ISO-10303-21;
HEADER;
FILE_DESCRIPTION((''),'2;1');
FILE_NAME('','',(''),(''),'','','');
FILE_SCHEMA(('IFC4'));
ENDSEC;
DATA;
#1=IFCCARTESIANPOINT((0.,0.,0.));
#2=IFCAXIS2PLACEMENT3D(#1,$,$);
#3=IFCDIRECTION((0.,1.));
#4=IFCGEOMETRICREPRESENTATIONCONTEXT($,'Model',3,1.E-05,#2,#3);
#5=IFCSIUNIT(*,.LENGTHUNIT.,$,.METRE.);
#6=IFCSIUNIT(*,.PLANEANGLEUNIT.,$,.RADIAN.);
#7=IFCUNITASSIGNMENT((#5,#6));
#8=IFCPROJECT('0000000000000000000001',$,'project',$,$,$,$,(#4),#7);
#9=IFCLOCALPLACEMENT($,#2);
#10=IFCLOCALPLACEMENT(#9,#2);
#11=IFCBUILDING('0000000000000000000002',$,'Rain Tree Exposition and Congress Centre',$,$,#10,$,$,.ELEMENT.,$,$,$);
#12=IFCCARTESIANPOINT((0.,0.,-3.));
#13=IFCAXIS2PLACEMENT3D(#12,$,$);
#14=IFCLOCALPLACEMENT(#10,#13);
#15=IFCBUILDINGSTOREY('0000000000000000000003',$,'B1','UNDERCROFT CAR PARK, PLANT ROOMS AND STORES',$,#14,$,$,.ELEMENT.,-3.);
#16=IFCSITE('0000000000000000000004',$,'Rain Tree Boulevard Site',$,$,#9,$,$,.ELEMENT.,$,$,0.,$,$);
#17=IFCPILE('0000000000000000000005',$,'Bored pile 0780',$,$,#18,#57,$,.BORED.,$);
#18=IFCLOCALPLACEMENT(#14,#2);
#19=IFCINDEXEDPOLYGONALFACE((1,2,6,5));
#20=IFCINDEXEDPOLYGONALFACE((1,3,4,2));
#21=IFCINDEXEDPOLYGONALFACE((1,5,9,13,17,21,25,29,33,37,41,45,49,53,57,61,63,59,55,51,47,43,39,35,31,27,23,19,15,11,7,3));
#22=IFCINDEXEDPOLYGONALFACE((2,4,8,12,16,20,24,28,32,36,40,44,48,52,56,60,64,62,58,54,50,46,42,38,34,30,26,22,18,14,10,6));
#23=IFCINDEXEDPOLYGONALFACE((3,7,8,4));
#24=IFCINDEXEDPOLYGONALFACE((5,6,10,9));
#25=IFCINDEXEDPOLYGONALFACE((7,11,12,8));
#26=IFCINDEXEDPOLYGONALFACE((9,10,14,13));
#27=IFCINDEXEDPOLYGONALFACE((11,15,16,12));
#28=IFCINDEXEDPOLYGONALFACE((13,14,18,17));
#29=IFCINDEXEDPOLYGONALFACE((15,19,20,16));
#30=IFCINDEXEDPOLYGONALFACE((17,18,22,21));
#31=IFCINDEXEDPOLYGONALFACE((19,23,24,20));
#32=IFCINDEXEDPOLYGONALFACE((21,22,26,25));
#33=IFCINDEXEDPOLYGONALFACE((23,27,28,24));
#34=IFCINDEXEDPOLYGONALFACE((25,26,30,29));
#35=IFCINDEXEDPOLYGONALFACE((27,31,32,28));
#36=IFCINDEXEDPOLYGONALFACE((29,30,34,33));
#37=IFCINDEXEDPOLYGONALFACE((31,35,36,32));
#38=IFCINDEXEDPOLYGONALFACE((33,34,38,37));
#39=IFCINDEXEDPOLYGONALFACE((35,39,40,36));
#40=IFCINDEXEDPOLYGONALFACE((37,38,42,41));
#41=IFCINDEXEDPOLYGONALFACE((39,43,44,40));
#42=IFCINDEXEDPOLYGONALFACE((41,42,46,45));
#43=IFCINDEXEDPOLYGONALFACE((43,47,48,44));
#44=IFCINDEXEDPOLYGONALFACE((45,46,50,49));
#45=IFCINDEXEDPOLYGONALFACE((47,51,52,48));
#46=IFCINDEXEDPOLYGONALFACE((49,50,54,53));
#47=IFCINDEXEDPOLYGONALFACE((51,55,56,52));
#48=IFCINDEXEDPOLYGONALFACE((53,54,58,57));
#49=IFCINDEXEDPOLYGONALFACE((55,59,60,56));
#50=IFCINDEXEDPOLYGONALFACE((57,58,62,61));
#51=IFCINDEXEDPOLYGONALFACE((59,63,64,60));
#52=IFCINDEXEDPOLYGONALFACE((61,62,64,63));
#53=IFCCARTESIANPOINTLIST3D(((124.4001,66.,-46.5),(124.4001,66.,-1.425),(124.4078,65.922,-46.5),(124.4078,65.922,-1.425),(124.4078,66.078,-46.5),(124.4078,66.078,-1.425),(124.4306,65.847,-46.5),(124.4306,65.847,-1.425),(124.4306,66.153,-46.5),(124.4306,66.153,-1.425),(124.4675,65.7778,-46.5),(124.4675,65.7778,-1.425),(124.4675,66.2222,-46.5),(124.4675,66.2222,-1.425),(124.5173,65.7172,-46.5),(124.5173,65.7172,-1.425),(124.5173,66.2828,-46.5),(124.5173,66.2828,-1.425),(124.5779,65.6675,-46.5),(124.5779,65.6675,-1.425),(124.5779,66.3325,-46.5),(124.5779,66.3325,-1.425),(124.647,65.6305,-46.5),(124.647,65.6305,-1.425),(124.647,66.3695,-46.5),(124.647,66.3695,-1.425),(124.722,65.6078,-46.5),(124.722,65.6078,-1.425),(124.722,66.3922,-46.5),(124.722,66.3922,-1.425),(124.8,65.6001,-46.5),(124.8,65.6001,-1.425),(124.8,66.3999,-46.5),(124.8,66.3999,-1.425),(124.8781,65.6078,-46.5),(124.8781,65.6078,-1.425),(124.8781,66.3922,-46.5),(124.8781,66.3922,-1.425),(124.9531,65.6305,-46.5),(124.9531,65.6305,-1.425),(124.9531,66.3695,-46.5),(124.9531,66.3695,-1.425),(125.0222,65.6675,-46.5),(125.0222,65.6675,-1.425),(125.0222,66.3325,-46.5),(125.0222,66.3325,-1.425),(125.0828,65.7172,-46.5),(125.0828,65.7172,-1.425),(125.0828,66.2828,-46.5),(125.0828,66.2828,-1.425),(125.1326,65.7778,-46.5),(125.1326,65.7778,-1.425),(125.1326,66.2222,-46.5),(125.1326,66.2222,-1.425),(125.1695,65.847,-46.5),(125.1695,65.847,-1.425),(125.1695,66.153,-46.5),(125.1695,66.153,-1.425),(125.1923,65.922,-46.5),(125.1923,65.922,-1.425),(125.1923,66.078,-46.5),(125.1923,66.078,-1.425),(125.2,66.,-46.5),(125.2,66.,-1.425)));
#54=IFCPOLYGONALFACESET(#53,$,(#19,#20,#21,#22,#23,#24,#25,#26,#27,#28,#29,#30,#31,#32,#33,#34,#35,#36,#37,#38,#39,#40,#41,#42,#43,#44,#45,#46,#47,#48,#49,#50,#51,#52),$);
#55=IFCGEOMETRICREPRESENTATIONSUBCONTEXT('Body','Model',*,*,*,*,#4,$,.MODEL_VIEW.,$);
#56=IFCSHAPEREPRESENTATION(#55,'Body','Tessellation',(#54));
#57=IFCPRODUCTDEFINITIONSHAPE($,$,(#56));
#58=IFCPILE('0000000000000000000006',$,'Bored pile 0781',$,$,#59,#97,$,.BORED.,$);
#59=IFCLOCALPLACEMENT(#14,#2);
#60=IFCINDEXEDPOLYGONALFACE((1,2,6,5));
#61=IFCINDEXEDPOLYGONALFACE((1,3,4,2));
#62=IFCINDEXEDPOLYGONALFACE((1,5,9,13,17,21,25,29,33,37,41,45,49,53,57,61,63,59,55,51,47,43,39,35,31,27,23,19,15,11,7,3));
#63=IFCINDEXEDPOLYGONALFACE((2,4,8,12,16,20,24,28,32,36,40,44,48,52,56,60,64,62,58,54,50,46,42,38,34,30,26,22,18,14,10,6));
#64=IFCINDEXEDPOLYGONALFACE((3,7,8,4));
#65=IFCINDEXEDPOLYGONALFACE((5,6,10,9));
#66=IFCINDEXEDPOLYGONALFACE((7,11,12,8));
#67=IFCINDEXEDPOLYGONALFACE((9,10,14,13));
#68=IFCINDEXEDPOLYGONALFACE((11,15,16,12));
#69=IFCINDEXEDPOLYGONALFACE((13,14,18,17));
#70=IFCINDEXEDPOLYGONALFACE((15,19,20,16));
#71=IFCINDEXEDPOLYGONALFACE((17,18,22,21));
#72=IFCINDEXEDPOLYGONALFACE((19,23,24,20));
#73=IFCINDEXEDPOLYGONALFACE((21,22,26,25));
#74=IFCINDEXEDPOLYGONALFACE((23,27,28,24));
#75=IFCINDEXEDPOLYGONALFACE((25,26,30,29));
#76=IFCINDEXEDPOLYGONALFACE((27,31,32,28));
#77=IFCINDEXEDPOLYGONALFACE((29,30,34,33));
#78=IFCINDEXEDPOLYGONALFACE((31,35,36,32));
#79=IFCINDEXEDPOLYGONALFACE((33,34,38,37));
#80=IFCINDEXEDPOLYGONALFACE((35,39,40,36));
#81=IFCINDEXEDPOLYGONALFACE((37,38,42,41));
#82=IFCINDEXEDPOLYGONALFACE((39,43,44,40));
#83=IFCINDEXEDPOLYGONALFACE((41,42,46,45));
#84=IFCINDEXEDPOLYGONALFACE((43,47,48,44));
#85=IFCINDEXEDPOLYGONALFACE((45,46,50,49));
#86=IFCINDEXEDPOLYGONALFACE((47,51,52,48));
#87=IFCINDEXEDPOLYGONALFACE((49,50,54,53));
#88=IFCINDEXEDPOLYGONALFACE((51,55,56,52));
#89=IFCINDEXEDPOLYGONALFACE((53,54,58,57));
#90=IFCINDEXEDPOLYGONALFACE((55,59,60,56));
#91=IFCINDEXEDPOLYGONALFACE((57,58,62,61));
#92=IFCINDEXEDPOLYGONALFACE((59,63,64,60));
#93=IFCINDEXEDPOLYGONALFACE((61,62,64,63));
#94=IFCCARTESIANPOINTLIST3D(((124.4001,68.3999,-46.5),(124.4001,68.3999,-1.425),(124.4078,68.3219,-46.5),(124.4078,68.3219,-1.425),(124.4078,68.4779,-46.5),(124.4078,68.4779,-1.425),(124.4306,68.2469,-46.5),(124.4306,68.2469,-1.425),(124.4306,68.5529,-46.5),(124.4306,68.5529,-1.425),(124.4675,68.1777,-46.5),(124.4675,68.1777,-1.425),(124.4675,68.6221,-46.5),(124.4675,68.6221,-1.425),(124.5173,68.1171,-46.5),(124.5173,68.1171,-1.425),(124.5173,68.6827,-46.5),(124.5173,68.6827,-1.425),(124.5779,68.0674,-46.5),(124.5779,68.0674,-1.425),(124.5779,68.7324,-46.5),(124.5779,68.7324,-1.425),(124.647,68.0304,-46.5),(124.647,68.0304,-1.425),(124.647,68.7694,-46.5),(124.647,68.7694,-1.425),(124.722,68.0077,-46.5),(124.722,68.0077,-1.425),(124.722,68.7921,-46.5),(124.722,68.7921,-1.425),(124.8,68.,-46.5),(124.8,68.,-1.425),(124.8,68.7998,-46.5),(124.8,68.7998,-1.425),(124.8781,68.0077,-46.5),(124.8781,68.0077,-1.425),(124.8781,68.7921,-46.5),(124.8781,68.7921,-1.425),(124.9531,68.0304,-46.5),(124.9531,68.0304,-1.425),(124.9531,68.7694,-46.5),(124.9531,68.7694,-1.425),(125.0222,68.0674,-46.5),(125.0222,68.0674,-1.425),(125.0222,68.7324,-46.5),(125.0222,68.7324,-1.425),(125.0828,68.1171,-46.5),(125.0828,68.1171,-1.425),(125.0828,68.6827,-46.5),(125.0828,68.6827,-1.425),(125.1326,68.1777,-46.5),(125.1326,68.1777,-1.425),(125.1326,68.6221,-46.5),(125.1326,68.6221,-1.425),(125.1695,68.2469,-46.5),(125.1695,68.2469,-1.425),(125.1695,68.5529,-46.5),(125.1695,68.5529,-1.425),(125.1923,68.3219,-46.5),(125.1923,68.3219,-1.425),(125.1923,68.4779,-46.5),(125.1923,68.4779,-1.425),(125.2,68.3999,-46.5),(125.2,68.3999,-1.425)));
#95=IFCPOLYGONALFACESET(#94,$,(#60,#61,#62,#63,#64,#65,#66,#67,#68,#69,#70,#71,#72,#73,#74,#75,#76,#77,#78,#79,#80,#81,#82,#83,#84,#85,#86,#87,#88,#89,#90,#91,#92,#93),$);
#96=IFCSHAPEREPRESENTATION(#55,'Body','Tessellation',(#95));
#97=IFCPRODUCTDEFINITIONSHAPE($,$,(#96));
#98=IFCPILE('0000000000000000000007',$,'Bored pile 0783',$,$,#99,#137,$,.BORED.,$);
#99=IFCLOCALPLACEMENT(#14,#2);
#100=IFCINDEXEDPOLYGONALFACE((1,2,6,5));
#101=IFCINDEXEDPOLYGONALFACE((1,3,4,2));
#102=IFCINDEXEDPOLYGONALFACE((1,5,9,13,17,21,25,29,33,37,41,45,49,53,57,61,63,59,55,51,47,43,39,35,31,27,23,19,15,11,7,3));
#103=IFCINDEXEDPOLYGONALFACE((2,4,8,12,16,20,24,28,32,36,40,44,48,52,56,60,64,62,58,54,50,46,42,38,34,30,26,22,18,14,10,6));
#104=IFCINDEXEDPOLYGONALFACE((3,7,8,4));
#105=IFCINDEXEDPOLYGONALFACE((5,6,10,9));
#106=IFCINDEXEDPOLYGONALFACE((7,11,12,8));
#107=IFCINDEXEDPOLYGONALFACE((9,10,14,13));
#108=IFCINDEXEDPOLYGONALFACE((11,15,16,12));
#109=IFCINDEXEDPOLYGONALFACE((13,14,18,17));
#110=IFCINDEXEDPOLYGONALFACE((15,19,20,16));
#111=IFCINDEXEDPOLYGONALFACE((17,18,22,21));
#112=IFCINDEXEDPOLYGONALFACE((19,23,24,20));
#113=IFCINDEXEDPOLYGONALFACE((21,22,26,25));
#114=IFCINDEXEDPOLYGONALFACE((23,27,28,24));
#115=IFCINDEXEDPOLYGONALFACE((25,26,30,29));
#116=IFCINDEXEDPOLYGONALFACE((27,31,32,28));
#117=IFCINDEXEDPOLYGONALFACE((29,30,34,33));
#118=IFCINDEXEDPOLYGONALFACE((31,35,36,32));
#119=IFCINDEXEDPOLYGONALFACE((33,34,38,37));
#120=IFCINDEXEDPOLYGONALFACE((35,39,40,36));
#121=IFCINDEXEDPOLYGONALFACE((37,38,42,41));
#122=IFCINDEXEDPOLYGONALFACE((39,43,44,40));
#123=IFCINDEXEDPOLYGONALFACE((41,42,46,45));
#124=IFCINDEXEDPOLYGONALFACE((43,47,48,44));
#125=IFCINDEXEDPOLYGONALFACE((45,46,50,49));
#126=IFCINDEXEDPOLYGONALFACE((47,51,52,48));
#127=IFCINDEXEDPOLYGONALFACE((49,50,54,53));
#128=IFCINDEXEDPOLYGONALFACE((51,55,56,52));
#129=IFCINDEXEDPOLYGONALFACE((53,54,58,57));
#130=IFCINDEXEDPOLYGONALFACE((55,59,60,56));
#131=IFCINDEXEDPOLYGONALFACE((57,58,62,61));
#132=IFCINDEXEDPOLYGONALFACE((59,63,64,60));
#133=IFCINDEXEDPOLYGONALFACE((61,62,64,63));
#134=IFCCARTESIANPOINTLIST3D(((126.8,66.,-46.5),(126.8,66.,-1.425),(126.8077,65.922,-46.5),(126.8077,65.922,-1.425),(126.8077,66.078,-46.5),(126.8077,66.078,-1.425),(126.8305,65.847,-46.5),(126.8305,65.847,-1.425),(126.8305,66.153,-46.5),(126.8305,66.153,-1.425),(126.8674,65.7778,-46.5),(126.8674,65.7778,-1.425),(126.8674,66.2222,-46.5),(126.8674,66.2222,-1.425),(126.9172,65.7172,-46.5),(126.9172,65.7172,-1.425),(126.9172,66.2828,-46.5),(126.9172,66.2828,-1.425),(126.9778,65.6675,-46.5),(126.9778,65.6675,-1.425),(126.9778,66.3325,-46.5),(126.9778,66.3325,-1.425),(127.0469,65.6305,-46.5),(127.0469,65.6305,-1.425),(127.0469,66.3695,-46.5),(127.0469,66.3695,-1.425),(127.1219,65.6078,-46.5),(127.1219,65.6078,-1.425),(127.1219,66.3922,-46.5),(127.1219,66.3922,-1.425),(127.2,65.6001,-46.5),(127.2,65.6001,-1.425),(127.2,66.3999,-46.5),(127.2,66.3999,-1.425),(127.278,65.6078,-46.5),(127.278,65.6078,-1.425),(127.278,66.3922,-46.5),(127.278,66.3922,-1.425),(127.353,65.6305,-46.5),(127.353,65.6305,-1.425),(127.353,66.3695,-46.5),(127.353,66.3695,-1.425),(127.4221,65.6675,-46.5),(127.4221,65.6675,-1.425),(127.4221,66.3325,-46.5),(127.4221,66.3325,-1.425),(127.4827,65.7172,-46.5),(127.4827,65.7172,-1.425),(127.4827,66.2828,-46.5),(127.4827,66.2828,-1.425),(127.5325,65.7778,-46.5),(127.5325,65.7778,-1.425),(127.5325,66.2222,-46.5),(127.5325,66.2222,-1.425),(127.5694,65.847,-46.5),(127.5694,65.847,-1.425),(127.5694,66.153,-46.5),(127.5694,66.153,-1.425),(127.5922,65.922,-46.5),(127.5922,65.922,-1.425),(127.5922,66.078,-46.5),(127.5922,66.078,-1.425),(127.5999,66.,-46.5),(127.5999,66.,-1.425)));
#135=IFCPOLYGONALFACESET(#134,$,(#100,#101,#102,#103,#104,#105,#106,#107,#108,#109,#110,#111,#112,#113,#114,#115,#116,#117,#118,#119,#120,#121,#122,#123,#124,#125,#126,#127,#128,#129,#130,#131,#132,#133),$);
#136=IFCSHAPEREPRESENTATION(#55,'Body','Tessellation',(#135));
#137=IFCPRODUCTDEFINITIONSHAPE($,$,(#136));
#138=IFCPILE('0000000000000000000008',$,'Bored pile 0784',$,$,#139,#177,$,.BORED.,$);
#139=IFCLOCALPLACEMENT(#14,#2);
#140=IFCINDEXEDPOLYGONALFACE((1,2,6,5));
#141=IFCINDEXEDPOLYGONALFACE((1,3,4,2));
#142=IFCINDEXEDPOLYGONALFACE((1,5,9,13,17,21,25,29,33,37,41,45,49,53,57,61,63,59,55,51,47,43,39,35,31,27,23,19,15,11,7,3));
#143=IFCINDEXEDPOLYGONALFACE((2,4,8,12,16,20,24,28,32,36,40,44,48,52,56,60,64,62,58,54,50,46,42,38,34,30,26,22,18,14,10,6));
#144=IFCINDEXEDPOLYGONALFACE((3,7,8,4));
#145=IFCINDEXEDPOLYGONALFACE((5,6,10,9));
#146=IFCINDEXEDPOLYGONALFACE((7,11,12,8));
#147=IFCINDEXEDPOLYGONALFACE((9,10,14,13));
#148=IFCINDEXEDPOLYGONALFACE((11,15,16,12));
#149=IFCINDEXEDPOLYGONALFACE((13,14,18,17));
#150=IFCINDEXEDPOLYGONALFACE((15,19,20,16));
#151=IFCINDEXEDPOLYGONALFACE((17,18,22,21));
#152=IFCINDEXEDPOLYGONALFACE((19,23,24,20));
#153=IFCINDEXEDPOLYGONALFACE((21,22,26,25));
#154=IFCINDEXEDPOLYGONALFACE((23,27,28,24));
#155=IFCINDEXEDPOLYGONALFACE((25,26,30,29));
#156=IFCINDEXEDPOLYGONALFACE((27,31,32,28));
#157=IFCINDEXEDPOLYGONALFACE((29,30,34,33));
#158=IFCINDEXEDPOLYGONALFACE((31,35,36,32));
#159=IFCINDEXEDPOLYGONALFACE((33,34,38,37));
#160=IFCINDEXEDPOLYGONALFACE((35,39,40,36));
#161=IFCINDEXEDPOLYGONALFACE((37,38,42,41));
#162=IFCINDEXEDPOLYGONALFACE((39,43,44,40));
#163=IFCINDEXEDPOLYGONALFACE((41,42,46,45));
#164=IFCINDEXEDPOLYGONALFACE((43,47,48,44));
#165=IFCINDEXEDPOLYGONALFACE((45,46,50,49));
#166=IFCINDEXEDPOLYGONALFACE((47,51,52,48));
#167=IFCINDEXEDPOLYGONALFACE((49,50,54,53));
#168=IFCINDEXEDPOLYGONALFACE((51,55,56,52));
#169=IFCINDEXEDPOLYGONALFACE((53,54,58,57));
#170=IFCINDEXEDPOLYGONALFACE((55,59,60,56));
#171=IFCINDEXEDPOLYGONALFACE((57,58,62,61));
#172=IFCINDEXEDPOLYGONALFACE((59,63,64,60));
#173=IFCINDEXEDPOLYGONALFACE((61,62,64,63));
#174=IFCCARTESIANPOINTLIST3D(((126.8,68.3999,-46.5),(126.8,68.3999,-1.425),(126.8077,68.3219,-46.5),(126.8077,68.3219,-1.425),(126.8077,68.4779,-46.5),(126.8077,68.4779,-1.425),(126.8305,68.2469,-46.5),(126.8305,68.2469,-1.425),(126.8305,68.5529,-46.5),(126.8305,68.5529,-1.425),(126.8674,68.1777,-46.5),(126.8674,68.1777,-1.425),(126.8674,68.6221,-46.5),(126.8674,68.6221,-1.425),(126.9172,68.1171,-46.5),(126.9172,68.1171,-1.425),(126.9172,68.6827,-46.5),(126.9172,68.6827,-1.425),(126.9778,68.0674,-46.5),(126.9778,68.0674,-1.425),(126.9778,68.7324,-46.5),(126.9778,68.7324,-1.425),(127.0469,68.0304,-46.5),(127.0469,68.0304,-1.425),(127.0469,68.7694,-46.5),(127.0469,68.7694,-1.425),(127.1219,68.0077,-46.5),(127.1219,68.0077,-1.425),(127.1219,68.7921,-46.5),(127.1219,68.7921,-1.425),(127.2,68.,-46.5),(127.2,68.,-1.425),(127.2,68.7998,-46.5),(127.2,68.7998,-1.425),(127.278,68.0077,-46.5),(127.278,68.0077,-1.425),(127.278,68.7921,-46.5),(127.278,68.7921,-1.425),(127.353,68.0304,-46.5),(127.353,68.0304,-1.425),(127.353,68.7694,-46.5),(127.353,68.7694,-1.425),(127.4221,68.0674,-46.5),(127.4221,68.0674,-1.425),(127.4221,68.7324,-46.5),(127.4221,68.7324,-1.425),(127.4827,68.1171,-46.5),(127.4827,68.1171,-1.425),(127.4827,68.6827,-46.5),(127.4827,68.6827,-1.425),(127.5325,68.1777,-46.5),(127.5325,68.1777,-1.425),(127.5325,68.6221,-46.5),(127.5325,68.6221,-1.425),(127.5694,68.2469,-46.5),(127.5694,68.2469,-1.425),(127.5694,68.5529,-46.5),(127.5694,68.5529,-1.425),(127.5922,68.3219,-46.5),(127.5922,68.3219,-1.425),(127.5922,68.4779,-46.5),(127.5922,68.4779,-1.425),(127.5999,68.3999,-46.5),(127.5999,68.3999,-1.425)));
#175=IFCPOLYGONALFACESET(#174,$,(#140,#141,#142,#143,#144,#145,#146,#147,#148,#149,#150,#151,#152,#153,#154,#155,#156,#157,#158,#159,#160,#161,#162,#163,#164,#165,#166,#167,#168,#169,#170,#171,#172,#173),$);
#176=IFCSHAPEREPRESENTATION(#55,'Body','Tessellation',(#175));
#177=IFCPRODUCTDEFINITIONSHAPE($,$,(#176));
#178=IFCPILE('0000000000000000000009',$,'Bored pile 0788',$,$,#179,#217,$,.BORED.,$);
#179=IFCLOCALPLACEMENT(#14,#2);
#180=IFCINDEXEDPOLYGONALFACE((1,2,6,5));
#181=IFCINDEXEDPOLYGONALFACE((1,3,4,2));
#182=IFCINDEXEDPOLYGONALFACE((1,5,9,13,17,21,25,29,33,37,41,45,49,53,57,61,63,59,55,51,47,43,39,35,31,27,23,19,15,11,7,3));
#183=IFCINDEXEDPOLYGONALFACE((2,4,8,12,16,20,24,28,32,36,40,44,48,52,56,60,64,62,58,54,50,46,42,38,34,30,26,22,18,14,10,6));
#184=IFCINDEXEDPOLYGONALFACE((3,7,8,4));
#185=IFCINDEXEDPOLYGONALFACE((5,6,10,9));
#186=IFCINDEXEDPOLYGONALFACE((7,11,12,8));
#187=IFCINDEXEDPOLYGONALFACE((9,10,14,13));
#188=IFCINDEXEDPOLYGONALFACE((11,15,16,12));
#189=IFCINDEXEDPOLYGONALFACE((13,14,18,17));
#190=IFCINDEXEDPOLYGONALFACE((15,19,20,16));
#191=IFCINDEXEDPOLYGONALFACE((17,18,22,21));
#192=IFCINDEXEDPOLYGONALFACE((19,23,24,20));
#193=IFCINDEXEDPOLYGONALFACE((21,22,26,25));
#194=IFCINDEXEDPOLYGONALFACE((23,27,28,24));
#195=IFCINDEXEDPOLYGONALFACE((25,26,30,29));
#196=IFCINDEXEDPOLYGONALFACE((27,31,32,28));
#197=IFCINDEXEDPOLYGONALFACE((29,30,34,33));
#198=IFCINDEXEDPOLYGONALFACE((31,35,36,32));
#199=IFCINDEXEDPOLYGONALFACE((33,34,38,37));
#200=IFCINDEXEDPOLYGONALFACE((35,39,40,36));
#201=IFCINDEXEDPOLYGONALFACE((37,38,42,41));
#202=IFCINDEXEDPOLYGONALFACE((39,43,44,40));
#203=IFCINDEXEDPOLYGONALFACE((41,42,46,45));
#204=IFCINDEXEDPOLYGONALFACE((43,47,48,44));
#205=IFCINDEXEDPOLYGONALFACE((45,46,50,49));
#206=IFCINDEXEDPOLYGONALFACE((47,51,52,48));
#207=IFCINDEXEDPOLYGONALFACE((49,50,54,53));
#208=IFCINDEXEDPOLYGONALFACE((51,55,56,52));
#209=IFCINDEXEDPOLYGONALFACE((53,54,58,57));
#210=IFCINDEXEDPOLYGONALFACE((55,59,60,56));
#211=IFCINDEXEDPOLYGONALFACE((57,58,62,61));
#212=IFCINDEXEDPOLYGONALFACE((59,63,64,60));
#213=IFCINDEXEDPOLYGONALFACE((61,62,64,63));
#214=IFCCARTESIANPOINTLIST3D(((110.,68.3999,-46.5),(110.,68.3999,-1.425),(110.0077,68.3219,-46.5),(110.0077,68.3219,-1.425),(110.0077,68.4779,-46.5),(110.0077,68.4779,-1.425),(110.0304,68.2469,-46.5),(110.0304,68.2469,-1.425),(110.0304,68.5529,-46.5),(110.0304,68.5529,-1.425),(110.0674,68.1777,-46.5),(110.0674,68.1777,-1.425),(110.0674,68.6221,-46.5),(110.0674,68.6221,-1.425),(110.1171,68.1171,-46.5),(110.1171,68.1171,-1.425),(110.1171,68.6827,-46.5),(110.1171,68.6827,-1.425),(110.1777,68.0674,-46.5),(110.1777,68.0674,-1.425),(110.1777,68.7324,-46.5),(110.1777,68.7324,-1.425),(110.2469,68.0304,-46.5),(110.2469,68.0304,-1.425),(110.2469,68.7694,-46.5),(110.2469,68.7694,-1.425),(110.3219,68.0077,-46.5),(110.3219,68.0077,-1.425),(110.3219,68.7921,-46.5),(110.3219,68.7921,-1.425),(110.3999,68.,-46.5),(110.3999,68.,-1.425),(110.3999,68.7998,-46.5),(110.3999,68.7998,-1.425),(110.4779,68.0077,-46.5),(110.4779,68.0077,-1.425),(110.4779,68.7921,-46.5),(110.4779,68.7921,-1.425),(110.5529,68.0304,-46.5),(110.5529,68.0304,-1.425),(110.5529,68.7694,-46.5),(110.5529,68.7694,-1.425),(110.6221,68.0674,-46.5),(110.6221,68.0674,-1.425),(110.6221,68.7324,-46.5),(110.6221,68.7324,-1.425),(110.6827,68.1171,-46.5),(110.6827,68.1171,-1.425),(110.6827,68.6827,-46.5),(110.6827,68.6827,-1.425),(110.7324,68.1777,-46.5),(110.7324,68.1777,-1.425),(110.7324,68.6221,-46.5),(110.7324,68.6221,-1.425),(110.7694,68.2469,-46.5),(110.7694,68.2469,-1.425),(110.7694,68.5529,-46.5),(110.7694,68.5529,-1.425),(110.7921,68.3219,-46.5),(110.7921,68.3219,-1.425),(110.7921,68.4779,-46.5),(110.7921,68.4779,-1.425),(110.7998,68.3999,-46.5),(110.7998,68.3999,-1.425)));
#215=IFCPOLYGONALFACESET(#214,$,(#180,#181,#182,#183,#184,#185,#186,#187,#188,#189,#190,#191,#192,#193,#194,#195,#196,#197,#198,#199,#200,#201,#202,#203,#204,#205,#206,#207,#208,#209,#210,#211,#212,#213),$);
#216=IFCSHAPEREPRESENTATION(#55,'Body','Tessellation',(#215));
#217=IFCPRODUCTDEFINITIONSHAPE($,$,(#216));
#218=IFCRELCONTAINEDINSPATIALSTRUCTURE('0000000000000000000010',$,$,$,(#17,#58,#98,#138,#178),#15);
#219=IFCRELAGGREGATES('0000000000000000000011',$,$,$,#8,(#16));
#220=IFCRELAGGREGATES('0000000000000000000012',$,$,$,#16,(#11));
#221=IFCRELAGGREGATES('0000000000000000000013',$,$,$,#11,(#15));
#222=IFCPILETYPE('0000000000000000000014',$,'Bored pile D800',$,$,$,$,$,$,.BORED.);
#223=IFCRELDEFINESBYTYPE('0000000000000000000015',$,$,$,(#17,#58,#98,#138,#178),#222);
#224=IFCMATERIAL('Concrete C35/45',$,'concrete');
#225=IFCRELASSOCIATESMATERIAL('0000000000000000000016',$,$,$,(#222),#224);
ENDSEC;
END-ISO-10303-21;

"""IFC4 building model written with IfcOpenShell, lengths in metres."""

from ifc_helpers import new_model, si_unit, direction, frame, origin, origin_2d, place, context, subcontext, project, spatial, circle, extrude, material, material_profile, profile_set, type_object, element, save


model = new_model("IFC4")

# Units and contexts
model_context = context("Model", 3, precision=1e-05, world=origin(), true_north=direction((0.0, 1.0)))
body_context = subcontext(model_context, "Body", "Model", "MODEL_VIEW")
ifc_project = project(units=[si_unit("LENGTHUNIT", "METRE"), si_unit("PLANEANGLEUNIT", "RADIAN")], contexts=[model_context])

# Site, building, storey
site_placement = place(None, origin())
site = spatial("IfcSite", under=ifc_project, at=site_placement, Name="Rain Tree Boulevard Site", CompositionType="ELEMENT", RefElevation=0.0)
building_placement = place(site_placement, origin())
building = spatial("IfcBuilding", under=site, at=building_placement, Name="Rain Tree Exposition and Congress Centre", CompositionType="ELEMENT")
storey_placement = place(building_placement, frame((0.0, 0.0, -3.0)))
storey = spatial("IfcBuildingStorey", under=building, at=storey_placement, Name="B1", Description="UNDERCROFT CAR PARK, PLANT ROOMS AND STORES", CompositionType="ELEMENT", Elevation=-3.0)

# Piles
ifc_material_1 = material(Name="Concrete C35/45", Category="concrete")
ifc_material_profile_1 = material_profile(ifc_material_1, circle(Radius=0.3999, at=origin_2d()), Name="D800")
ifc_profile_set_1 = profile_set([ifc_material_profile_1], Name="Concrete C35/45")
pile_type_1 = type_object("IfcPileType", Name="Bored pile D800", PredefinedType="BORED", material=ifc_profile_set_1)
for number, where, z_axis, x_axis, name in (
    (1, (124.8, 66.0, -1.425), (0.0, 0.0, -1.0), (1.0, 0.0, 0.0), "Bored pile 0780"),
    (2, (124.8, 68.3999, -1.425), (0.0, 0.0, -1.0), (1.0, 0.0, 0.0), "Bored pile 0781"),
    (3, (127.2, 66.0, -1.425), (0.0, 0.0, -1.0), (1.0, 0.0, 0.0), "Bored pile 0783"),
    (4, (127.2, 68.3999, -1.425), (0.0, 0.0, -1.0), (1.0, 0.0, 0.0), "Bored pile 0784"),
    (5, (110.3999, 68.3999, -1.425), (0.0, 0.0, -1.0), (1.0, 0.0, 0.0), "Bored pile 0788"),
):
    element("IfcPile", number, at=place(storey_placement, frame(where, z_axis=z_axis, x_axis=x_axis)), inside=storey, type_object=pile_type_1, Name=name, PredefinedType="BORED", context=body_context, shape_type="SweptSolid", body=[
        extrude(circle(Radius=0.3999, at=origin_2d()), origin(), (0.0, 0.0, 1.0), 45.075),
    ])

save(model, "model.ifc")
